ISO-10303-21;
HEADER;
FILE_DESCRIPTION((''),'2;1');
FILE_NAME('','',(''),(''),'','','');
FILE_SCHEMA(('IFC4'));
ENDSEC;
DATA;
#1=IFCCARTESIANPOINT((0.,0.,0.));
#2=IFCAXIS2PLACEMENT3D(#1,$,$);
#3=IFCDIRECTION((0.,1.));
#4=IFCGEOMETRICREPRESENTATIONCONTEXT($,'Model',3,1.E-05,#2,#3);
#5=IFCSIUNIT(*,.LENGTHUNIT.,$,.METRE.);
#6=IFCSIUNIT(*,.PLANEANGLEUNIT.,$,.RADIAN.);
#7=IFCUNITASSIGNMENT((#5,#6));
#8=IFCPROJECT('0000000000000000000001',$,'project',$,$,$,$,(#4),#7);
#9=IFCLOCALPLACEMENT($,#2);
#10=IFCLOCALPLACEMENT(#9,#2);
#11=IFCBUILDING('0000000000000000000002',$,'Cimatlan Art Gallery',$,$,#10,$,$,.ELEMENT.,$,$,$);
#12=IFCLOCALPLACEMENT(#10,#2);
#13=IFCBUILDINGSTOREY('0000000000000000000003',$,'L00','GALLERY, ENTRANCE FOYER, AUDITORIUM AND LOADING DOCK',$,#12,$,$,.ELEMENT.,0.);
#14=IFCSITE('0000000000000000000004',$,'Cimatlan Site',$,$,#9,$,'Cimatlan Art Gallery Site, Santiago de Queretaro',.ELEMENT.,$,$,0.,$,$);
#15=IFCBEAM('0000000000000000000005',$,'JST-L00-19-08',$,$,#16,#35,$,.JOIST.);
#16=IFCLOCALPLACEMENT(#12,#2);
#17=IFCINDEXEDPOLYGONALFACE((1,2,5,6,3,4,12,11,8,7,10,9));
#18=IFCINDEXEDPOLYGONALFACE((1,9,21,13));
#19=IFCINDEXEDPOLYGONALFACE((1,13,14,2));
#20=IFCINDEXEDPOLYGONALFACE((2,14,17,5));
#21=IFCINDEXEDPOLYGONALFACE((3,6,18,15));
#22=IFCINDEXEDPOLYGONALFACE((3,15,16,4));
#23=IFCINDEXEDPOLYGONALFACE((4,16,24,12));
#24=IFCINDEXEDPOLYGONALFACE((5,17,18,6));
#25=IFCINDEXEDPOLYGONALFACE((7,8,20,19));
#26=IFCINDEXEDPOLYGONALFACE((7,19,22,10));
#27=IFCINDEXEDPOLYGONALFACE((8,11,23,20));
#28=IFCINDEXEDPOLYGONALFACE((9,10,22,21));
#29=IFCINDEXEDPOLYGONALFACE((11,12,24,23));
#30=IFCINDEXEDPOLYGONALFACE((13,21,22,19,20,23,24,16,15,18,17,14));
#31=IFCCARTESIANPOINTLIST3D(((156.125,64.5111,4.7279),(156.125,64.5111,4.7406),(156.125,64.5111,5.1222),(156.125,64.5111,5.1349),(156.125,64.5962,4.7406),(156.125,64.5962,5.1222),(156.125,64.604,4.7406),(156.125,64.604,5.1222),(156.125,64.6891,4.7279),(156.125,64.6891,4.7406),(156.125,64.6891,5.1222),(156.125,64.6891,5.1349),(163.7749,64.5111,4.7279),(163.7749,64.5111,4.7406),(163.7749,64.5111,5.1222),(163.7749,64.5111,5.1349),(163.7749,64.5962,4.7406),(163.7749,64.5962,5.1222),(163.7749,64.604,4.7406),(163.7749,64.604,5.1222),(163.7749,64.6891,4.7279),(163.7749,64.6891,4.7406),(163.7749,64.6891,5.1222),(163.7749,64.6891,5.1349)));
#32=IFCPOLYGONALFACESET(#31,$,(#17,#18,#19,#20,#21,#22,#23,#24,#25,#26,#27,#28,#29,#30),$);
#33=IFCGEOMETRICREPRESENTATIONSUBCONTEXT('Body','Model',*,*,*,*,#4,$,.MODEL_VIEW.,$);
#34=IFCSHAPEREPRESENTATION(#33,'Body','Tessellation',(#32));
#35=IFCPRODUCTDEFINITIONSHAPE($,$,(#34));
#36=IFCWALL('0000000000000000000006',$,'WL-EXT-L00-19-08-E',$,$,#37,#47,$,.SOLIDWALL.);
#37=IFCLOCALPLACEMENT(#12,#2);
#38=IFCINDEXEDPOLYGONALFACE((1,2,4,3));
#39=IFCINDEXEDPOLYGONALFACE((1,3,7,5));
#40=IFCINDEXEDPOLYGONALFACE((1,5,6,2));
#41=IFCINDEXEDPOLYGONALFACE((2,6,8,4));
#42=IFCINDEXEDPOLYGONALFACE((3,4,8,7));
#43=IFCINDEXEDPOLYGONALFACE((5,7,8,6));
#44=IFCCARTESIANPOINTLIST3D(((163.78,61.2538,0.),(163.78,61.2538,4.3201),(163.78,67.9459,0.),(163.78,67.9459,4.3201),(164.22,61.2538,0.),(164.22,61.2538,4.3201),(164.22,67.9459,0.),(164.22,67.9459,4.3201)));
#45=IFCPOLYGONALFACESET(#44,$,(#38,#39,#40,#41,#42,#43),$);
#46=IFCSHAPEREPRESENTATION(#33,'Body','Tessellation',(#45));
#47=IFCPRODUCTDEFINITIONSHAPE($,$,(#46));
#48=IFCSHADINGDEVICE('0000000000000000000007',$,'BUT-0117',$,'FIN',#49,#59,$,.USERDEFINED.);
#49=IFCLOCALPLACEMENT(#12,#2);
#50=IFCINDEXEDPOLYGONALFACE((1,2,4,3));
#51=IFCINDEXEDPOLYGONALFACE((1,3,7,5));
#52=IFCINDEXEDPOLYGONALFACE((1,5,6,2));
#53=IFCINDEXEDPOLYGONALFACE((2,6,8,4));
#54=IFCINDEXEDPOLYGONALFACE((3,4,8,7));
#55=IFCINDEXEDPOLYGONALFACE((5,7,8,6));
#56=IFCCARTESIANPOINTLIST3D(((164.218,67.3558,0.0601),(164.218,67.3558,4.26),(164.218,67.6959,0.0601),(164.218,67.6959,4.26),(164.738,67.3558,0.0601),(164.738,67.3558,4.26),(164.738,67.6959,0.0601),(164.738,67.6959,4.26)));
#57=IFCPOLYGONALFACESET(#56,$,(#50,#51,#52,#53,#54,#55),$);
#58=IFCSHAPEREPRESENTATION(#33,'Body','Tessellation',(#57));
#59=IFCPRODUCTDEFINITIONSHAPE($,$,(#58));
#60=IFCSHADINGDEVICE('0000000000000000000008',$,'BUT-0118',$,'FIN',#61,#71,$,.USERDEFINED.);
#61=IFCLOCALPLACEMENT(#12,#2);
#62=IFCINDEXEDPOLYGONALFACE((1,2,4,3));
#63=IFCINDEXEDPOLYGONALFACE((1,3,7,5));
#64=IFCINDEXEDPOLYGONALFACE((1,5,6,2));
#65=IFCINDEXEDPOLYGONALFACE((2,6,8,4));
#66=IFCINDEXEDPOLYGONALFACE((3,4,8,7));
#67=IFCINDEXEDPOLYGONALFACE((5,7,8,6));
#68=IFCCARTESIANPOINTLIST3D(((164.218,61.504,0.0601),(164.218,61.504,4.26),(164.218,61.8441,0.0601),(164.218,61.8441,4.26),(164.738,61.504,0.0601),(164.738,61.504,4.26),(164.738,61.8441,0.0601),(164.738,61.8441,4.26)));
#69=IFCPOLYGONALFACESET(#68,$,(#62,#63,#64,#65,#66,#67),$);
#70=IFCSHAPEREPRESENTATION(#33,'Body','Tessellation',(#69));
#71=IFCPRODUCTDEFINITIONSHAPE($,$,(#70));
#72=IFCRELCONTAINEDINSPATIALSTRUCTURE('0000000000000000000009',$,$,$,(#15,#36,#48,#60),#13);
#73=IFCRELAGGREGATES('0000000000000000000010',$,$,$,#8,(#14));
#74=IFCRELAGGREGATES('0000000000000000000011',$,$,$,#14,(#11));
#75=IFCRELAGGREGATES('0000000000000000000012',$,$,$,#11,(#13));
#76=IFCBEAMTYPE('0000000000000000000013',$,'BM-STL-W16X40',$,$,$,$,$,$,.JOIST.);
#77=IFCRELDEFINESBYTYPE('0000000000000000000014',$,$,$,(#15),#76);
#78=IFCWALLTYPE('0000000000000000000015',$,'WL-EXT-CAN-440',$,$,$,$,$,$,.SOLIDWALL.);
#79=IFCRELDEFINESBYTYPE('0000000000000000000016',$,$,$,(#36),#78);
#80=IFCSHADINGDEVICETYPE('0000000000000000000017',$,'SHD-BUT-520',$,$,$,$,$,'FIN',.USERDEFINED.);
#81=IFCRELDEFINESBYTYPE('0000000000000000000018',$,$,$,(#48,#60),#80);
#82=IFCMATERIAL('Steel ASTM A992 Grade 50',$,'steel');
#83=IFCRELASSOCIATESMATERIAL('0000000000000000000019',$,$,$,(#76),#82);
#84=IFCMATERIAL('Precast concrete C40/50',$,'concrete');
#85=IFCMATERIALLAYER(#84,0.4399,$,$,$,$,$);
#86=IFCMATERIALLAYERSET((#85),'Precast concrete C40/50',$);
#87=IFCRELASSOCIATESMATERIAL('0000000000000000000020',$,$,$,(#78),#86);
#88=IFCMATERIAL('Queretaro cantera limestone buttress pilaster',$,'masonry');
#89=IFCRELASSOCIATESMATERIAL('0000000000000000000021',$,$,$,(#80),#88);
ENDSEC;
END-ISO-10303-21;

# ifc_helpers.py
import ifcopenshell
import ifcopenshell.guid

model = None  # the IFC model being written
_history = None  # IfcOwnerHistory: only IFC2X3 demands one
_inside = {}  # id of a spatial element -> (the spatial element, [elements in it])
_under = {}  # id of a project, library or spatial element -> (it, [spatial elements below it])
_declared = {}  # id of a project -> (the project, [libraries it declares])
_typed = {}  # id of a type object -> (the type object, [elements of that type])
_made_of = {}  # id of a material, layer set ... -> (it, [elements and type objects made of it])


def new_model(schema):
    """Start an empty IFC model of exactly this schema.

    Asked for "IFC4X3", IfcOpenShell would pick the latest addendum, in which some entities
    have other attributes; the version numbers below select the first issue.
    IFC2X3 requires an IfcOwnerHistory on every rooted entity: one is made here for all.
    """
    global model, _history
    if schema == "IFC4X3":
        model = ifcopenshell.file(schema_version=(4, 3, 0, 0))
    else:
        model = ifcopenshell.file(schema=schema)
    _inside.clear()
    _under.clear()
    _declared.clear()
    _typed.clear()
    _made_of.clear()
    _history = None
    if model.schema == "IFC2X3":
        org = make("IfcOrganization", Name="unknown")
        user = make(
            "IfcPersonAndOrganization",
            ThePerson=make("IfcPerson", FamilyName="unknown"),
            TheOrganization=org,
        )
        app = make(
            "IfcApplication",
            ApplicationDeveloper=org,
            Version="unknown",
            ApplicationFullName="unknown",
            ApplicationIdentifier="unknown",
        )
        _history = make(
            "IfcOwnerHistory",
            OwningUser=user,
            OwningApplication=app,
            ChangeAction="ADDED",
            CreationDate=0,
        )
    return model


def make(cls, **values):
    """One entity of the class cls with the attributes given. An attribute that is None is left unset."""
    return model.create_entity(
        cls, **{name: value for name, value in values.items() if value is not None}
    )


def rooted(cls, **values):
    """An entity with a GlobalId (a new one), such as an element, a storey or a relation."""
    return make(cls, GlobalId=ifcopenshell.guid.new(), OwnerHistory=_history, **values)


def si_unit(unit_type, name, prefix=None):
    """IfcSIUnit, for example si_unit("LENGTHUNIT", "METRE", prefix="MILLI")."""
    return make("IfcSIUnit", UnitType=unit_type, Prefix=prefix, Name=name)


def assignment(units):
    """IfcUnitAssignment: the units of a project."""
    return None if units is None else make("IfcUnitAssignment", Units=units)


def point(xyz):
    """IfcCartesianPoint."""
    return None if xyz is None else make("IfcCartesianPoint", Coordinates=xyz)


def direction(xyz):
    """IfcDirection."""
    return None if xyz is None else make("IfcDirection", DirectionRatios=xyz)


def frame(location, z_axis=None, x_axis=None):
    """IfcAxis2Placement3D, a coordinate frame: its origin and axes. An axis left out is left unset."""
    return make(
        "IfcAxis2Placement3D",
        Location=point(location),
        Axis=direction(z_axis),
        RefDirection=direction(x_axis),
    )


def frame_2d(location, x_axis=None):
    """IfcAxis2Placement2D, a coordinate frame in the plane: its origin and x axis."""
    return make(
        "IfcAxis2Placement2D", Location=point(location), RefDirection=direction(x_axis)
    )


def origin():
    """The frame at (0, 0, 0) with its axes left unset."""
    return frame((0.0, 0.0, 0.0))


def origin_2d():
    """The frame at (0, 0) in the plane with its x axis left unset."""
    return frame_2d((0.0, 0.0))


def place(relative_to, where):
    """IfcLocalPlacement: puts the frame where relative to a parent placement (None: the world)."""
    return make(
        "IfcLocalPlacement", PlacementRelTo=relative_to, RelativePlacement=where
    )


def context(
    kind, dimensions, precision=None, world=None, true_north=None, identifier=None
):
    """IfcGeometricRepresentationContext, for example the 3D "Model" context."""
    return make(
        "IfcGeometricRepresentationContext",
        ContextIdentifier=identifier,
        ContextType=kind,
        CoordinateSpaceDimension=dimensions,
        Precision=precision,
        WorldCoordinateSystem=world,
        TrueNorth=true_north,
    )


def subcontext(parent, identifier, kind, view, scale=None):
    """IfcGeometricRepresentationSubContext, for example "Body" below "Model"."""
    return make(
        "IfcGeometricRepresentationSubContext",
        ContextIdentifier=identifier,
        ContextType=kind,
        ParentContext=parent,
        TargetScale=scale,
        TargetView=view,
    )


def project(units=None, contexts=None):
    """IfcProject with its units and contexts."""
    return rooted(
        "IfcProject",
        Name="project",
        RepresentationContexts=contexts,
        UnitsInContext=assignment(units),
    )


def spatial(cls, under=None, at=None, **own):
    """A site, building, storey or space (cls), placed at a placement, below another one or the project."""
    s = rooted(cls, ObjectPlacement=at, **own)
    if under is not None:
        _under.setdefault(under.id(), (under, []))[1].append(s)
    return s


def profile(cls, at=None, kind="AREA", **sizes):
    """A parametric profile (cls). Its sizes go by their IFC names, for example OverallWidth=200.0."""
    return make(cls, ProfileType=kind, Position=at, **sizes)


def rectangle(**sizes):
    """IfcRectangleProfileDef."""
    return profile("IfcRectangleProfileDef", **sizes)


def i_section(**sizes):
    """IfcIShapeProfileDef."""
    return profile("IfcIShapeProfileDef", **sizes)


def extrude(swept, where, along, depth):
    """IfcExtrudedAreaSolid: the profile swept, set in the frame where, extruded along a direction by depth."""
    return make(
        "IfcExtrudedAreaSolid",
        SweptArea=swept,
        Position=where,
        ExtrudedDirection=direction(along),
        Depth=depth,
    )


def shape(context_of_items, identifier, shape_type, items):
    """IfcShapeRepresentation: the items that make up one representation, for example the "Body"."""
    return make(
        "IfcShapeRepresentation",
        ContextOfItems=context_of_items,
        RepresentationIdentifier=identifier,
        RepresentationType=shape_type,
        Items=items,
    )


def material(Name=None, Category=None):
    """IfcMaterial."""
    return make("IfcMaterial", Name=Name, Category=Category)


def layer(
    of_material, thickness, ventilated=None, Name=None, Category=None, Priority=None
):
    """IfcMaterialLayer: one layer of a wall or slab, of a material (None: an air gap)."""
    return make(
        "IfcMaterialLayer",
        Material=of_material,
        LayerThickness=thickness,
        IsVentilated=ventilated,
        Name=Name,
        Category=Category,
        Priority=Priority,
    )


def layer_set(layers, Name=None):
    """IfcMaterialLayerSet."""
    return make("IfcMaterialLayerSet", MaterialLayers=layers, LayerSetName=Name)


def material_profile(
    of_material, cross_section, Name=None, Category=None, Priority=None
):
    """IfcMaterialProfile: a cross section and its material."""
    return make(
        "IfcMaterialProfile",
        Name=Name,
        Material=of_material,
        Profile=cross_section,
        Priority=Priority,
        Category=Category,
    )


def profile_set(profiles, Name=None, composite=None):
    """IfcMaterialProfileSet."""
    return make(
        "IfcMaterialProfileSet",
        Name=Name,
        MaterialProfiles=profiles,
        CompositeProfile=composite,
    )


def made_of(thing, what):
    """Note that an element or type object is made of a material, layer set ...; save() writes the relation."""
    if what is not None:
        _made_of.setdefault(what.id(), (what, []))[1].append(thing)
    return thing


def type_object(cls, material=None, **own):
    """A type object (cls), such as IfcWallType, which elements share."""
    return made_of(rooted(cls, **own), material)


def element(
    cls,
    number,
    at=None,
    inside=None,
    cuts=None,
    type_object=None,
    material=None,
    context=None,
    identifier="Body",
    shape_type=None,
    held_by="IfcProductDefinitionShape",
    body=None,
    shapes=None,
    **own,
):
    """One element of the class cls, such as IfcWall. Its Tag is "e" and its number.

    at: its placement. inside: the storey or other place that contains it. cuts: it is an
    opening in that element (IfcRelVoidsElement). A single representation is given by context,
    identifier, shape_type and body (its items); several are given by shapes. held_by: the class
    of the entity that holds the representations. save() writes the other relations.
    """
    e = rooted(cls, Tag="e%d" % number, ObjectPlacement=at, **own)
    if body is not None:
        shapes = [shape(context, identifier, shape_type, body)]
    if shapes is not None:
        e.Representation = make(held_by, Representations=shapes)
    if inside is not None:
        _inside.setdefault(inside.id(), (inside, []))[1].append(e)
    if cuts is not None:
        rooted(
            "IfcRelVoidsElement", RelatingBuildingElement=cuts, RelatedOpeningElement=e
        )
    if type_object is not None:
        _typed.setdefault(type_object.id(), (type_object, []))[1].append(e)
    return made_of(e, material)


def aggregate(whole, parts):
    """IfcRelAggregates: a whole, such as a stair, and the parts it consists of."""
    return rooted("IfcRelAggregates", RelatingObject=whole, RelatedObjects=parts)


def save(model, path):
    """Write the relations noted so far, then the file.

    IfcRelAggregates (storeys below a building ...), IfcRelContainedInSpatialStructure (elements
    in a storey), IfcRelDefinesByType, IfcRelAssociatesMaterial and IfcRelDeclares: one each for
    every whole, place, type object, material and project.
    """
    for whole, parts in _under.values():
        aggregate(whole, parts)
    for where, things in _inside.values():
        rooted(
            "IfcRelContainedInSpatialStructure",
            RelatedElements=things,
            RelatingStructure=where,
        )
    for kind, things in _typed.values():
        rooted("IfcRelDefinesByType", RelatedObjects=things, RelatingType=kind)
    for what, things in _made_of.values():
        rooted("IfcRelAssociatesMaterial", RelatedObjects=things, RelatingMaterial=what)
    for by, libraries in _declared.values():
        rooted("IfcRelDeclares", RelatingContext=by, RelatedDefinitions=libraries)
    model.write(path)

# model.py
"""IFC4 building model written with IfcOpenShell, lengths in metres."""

from ifc_helpers import new_model, si_unit, direction, frame, frame_2d, origin, origin_2d, place, context, subcontext, project, spatial, rectangle, i_section, extrude, material, layer, layer_set, material_profile, profile_set, type_object, element, save


model = new_model("IFC4")

# Units and contexts
model_context = context("Model", 3, precision=1e-05, world=origin(), true_north=direction((0.0, 1.0)))
body_context = subcontext(model_context, "Body", "Model", "MODEL_VIEW")
ifc_project = project(units=[si_unit("LENGTHUNIT", "METRE"), si_unit("PLANEANGLEUNIT", "RADIAN")], contexts=[model_context])

# Site, building, storey
site_placement = place(None, origin())
site = spatial("IfcSite", under=ifc_project, at=site_placement, Name="Cimatlan Site", LongName="Cimatlan Art Gallery Site, Santiago de Queretaro", CompositionType="ELEMENT", RefElevation=0.0)
building_placement = place(site_placement, origin())
building = spatial("IfcBuilding", under=site, at=building_placement, Name="Cimatlan Art Gallery", CompositionType="ELEMENT")
storey_placement = place(building_placement, origin())
storey = spatial("IfcBuildingStorey", under=building, at=storey_placement, Name="L00", Description="GALLERY, ENTRANCE FOYER, AUDITORIUM AND LOADING DOCK", CompositionType="ELEMENT", Elevation=0.0)

# Beam
ifc_material_1 = material(Name="Steel ASTM A992 Grade 50", Category="steel")
ifc_material_profile_1 = material_profile(ifc_material_1, i_section(OverallWidth=0.178, OverallDepth=0.407, WebThickness=0.0078, FlangeThickness=0.0127, at=origin_2d()), Name="W16X40")
ifc_profile_set_1 = profile_set([ifc_material_profile_1], Name="Steel ASTM A992 Grade 50")
beam_type_1 = type_object("IfcBeamType", Name="BM-STL-W16X40", PredefinedType="JOIST", material=ifc_profile_set_1)
beam_1_placement = place(storey_placement, frame((156.125, 64.6001, 4.9314), z_axis=(1.0, 0.0, 0.0), x_axis=(0.0, 1.0, 0.0)))
element("IfcBeam", 1, at=beam_1_placement, inside=storey, type_object=beam_type_1, Name="JST-L00-19-08", PredefinedType="JOIST", context=body_context, shape_type="SweptSolid", body=[
    extrude(i_section(OverallWidth=0.178, OverallDepth=0.407, WebThickness=0.0078, FlangeThickness=0.0127, at=origin_2d()), origin(), (0.0, 0.0, 1.0), 7.6499),
])

# Wall
ifc_material_2 = material(Name="Precast concrete C40/50", Category="concrete")
ifc_layer = layer(ifc_material_2, 0.4399)
ifc_layer_set = layer_set([ifc_layer], Name="Precast concrete C40/50")
wall_type = type_object("IfcWallType", Name="WL-EXT-CAN-440", PredefinedType="SOLIDWALL", material=ifc_layer_set)
wall_placement = place(storey_placement, frame((164.0, 67.946, 0.0), z_axis=(0.0, 0.0, 1.0), x_axis=(0.0, -1.0, 0.0)))
element("IfcWall", 2, at=wall_placement, inside=storey, type_object=wall_type, Name="WL-EXT-L00-19-08-E", PredefinedType="SOLIDWALL", context=body_context, shape_type="SweptSolid", body=[
    extrude(rectangle(XDim=6.6921, YDim=0.4399, at=frame_2d((3.3462, 0.0))), origin(), (0.0, 0.0, 1.0), 4.3201),
])

# Shading devices
ifc_material_3 = material(Name="Queretaro cantera limestone buttress pilaster", Category="masonry")
shading_device_type = type_object("IfcShadingDeviceType", Name="SHD-BUT-520", ElementType="FIN", PredefinedType="USERDEFINED", material=ifc_material_3)
for number, where, z_axis, x_axis, name in (
    (3, (164.478, 67.5259, 0.0601), (0.0, 0.0, 1.0), (0.0, -1.0, 0.0), "BUT-0117"),
    (4, (164.478, 61.6741, 0.0601), (0.0, 0.0, 1.0), (0.0, -1.0, 0.0), "BUT-0118"),
):
    element("IfcShadingDevice", number, at=place(storey_placement, frame(where, z_axis=z_axis, x_axis=x_axis)), inside=storey, type_object=shading_device_type, Name=name, ObjectType="FIN", PredefinedType="USERDEFINED", context=body_context, shape_type="SweptSolid", body=[
        extrude(rectangle(XDim=0.3401, YDim=0.52, at=origin_2d()), origin(), (0.0, 0.0, 1.0), 4.2),
    ])

save(model, "model.ifc")
